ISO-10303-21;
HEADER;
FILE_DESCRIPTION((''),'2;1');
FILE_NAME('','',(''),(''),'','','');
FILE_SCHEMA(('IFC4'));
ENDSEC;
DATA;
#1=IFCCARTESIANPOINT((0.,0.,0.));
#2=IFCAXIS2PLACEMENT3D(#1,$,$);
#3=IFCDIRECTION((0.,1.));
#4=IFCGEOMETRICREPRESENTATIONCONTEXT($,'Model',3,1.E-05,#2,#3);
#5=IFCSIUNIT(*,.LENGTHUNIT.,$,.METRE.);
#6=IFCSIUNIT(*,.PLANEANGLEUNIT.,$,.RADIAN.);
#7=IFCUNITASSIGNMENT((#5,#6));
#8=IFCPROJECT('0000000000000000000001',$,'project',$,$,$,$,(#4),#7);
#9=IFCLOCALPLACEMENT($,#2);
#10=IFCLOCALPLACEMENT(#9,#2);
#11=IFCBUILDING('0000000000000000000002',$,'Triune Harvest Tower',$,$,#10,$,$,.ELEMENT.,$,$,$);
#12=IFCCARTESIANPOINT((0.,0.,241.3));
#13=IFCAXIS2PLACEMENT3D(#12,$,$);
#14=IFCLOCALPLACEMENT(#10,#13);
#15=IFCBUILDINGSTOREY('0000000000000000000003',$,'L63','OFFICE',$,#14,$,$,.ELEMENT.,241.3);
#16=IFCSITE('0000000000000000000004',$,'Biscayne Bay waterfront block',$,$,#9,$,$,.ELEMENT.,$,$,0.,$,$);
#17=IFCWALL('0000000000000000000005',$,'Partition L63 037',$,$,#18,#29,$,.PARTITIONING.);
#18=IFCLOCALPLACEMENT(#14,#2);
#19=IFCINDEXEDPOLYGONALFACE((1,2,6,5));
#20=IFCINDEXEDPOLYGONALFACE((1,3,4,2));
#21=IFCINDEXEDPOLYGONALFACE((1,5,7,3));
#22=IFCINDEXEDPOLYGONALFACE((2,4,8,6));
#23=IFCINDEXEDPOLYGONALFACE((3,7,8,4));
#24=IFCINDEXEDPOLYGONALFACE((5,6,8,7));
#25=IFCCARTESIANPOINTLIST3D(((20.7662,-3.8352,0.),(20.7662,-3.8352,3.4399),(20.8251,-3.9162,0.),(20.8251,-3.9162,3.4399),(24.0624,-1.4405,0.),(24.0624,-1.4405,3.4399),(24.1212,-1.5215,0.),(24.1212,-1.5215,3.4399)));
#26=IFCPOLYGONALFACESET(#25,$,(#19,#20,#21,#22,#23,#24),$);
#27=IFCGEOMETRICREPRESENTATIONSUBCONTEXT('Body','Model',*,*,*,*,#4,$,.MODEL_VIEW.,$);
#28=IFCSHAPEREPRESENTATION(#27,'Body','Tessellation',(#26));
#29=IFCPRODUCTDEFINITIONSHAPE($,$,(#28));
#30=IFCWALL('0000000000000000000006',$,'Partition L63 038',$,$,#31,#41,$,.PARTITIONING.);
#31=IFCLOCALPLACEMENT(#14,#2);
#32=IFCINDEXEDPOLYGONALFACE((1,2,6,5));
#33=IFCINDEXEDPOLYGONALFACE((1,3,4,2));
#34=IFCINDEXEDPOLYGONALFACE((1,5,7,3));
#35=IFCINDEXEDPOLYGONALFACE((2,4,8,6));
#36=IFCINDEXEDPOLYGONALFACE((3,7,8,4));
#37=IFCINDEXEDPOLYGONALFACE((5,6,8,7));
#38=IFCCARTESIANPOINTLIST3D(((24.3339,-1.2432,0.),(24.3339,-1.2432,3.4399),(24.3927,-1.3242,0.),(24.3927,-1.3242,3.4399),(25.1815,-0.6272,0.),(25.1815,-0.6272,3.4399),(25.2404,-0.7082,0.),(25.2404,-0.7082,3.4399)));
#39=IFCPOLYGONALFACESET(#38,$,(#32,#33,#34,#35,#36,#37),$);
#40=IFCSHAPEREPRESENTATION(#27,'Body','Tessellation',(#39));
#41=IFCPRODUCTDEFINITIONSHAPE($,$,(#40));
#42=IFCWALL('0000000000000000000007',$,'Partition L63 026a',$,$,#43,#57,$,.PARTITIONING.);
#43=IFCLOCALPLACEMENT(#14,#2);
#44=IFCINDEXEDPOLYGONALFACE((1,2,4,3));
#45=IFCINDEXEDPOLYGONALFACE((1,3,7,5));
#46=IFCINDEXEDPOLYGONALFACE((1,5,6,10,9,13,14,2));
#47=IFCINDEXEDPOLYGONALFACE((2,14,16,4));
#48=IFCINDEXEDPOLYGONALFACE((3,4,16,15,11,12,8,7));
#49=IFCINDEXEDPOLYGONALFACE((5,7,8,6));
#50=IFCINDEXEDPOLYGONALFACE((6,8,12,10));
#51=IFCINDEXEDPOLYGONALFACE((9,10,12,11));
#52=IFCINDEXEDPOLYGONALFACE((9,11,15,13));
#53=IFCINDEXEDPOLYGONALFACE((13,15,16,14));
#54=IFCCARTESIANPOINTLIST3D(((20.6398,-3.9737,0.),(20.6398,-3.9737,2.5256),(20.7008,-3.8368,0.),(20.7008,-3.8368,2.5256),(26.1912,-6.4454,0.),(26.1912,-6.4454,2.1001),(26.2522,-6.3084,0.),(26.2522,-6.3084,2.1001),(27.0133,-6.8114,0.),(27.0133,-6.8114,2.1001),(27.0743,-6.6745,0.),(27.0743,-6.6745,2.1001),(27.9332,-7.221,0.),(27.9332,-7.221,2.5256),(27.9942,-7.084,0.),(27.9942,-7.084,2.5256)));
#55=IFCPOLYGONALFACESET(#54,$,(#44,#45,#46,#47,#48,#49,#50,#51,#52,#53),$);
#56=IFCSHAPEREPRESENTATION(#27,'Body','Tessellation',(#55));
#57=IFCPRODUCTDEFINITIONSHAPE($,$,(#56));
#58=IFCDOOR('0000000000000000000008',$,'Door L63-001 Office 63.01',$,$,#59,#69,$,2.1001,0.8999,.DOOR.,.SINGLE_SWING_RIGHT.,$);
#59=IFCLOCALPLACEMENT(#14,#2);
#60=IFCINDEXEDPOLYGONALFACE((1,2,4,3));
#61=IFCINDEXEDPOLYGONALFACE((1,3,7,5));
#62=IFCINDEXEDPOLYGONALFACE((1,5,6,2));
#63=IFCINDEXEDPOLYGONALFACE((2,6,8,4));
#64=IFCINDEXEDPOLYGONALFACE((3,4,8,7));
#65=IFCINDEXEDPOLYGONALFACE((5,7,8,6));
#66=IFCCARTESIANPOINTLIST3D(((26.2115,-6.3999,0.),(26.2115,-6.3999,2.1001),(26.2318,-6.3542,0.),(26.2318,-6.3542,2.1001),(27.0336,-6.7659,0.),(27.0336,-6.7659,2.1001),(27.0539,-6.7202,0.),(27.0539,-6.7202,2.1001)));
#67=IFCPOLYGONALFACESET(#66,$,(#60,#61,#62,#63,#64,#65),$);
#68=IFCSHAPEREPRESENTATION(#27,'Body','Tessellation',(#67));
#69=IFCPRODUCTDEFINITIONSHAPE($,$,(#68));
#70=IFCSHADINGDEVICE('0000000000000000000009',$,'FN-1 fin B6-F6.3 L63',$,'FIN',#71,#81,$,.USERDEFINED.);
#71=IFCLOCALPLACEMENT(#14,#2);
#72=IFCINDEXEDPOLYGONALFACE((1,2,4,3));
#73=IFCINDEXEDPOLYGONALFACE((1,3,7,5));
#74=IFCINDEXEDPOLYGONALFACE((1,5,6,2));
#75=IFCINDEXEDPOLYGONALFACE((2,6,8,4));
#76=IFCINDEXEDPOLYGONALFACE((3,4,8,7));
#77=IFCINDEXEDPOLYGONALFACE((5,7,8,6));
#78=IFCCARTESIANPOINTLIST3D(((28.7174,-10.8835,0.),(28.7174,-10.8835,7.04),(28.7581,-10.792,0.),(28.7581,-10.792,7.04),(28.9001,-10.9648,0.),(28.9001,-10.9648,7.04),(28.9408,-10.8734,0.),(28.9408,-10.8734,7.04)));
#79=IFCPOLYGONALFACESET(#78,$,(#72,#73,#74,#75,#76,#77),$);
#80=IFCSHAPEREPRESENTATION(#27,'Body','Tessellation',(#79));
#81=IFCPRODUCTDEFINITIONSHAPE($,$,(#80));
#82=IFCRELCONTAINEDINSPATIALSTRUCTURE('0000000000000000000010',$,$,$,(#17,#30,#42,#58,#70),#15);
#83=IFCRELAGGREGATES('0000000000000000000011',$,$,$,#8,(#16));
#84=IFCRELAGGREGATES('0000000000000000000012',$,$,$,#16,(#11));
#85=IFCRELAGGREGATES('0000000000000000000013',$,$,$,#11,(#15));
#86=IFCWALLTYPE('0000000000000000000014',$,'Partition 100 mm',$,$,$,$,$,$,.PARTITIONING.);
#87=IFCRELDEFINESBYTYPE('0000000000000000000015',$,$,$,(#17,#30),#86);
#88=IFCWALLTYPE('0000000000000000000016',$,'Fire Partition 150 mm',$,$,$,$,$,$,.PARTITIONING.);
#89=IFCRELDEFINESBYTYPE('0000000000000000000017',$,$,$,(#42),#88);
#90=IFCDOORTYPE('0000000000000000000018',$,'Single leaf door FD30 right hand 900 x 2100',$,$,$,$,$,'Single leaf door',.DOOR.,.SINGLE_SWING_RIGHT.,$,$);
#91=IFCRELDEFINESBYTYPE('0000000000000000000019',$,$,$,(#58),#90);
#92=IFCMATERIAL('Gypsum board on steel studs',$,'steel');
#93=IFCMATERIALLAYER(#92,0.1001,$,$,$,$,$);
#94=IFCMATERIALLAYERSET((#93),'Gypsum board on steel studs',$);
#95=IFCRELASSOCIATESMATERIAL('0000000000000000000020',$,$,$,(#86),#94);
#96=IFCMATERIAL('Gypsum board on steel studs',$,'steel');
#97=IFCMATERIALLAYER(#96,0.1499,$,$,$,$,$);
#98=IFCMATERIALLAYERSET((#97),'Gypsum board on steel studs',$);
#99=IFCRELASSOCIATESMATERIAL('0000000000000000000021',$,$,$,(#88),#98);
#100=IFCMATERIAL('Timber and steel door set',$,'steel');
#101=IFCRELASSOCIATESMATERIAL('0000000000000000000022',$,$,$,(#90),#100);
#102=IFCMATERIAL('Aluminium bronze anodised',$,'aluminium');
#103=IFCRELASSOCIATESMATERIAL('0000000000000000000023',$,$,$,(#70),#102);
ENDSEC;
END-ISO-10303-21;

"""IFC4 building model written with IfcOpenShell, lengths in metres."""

from ifc_helpers import new_model, si_unit, direction, frame, frame_2d, origin, origin_2d, place, context, subcontext, project, spatial, rectangle, extrude, source, transform, mapped, material, layer, layer_set, type_object, element, fill, save


model = new_model("IFC4")

# Units and contexts
model_context = context("Model", 3, precision=1e-05, world=origin(), true_north=direction((0.0, 1.0)))
body_context = subcontext(model_context, "Body", "Model", "MODEL_VIEW")
ifc_project = project(units=[si_unit("LENGTHUNIT", "METRE"), si_unit("PLANEANGLEUNIT", "RADIAN")], contexts=[model_context])

# Site, building, storey
site_placement = place(None, origin())
site = spatial("IfcSite", under=ifc_project, at=site_placement, Name="Biscayne Bay waterfront block", CompositionType="ELEMENT", RefElevation=0.0)
building_placement = place(site_placement, origin())
building = spatial("IfcBuilding", under=site, at=building_placement, Name="Triune Harvest Tower", CompositionType="ELEMENT")
storey_placement = place(building_placement, frame((0.0, 0.0, 241.3)))
storey = spatial("IfcBuildingStorey", under=building, at=storey_placement, Name="L63", Description="OFFICE", CompositionType="ELEMENT", Elevation=241.3)

# Walls
ifc_material_1 = material(Name="Gypsum board on steel studs", Category="steel")
ifc_layer_1 = layer(ifc_material_1, 0.1001)
ifc_layer_set_1 = layer_set([ifc_layer_1], Name="Gypsum board on steel studs")
wall_type_1 = type_object("IfcWallType", Name="Partition 100 mm", PredefinedType="PARTITIONING", material=ifc_layer_set_1)
wall_1_placement = place(storey_placement, frame((20.7957, -3.8757, 0.0), z_axis=(0.0, 0.0, 1.0), x_axis=(0.809018, 0.587783, 0.0)))
element("IfcWall", 1, at=wall_1_placement, inside=storey, type_object=wall_type_1, Name="Partition L63 037", PredefinedType="PARTITIONING", context=body_context, shape_type="SweptSolid", body=[
    extrude(rectangle(XDim=4.0742, YDim=0.1001, at=frame_2d((2.0371, 0.0))), origin(), (0.0, 0.0, 1.0), 3.4399),
])
shared_shape_1 = source(origin(), body_context, "Body", "SweptSolid", [
    extrude(rectangle(XDim=1.0479, YDim=0.1001, at=frame_2d((0.5239, 0.0))), origin(), (0.0, 0.0, 1.0), 3.4399),
])
wall_2_placement = place(storey_placement, frame((24.3633, -1.2837, 0.0), z_axis=(0.0, 0.0, 1.0), x_axis=(0.808968, 0.587853, 0.0)))
element("IfcWall", 2, at=wall_2_placement, inside=storey, type_object=wall_type_1, Name="Partition L63 038", PredefinedType="PARTITIONING", context=body_context, shape_type="MappedRepresentation", body=[
    mapped(shared_shape_1, transform((0.0, 0.0, 0.0), scale=1.0)),
])

# Wall, opening, door
ifc_material_2 = material(Name="Gypsum board on steel studs", Category="steel")
ifc_layer_2 = layer(ifc_material_2, 0.1499)
ifc_layer_set_2 = layer_set([ifc_layer_2], Name="Gypsum board on steel studs")
wall_type_2 = type_object("IfcWallType", Name="Fire Partition 150 mm", PredefinedType="PARTITIONING", material=ifc_layer_set_2)
shared_shape_2 = source(origin(), body_context, "Body", "SweptSolid", [
    extrude(rectangle(XDim=7.9836, YDim=0.1499, at=frame_2d((3.9917, 0.0))), origin(), (0.0, 0.0, 1.0), 2.5256),
])
wall_3_placement = place(storey_placement, frame((20.6704, -3.9053, 0.0), z_axis=(0.0, 0.0, 1.0), x_axis=(0.913543, -0.406743, 0.0)))
wall_3 = element("IfcWall", 3, at=wall_3_placement, inside=storey, type_object=wall_type_2, Name="Partition L63 026a", PredefinedType="PARTITIONING", context=body_context, shape_type="MappedRepresentation", body=[
    mapped(shared_shape_2, transform((0.0, 0.0, 0.0), scale=1.0)),
])
opening_placement = place(wall_3_placement, frame((6.0767, 0.0, 0.0)))
opening = element("IfcOpeningElement", 4, at=opening_placement, cuts=wall_3, PredefinedType="OPENING", context=body_context, shape_type="SweptSolid", body=[
    extrude(rectangle(XDim=0.8999, YDim=2.1001, at=frame_2d((0.45, 1.05))), frame((0.0, 0.085, 0.0), z_axis=(0.0, -1.0, 0.0), x_axis=(1.0, 0.0, 0.0)), (0.0, 0.0, 1.0), 0.1699),
])
ifc_material_3 = material(Name="Timber and steel door set", Category="steel")
door_type = type_object("IfcDoorType", Name="Single leaf door FD30 right hand 900 x 2100", ElementType="Single leaf door", OperationType="SINGLE_SWING_RIGHT", PredefinedType="DOOR", material=ifc_material_3)
door_placement = place(opening_placement, origin())
door = element("IfcDoor", 5, at=door_placement, inside=storey, type_object=door_type, Name="Door L63-001 Office 63.01", OperationType="SINGLE_SWING_RIGHT", OverallHeight=2.1001, OverallWidth=0.8999, PredefinedType="DOOR", context=body_context, shape_type="SweptSolid", body=[
    extrude(rectangle(XDim=0.8999, YDim=2.1001, at=frame_2d((0.45, 1.05))), frame((0.0, 0.0249, 0.0), z_axis=(0.0, -1.0, 0.0), x_axis=(1.0, 0.0, 0.0)), (0.0, 0.0, 1.0), 0.05),
])
fill(opening, door)

# Shading device
ifc_material_4 = material(Name="Aluminium bronze anodised", Category="aluminium")
shared_shape_3 = source(origin(), body_context, "Body", "SweptSolid", [
    extrude(rectangle(XDim=0.1001, YDim=0.2, at=origin_2d()), origin(), (0.0, 0.0, 1.0), 7.04),
])
shading_device_placement = place(storey_placement, frame((28.8291, -10.8784, 0.0), z_axis=(0.0, 0.0, 1.0), x_axis=(0.406743, 0.913543, 0.0)))
element("IfcShadingDevice", 6, at=shading_device_placement, inside=storey, material=ifc_material_4, Name="FN-1 fin B6-F6.3 L63", ObjectType="FIN", PredefinedType="USERDEFINED", context=body_context, shape_type="MappedRepresentation", body=[
    mapped(shared_shape_3, transform((0.0, 0.0, 0.0), scale=1.0)),
])

save(model, "model.ifc")
